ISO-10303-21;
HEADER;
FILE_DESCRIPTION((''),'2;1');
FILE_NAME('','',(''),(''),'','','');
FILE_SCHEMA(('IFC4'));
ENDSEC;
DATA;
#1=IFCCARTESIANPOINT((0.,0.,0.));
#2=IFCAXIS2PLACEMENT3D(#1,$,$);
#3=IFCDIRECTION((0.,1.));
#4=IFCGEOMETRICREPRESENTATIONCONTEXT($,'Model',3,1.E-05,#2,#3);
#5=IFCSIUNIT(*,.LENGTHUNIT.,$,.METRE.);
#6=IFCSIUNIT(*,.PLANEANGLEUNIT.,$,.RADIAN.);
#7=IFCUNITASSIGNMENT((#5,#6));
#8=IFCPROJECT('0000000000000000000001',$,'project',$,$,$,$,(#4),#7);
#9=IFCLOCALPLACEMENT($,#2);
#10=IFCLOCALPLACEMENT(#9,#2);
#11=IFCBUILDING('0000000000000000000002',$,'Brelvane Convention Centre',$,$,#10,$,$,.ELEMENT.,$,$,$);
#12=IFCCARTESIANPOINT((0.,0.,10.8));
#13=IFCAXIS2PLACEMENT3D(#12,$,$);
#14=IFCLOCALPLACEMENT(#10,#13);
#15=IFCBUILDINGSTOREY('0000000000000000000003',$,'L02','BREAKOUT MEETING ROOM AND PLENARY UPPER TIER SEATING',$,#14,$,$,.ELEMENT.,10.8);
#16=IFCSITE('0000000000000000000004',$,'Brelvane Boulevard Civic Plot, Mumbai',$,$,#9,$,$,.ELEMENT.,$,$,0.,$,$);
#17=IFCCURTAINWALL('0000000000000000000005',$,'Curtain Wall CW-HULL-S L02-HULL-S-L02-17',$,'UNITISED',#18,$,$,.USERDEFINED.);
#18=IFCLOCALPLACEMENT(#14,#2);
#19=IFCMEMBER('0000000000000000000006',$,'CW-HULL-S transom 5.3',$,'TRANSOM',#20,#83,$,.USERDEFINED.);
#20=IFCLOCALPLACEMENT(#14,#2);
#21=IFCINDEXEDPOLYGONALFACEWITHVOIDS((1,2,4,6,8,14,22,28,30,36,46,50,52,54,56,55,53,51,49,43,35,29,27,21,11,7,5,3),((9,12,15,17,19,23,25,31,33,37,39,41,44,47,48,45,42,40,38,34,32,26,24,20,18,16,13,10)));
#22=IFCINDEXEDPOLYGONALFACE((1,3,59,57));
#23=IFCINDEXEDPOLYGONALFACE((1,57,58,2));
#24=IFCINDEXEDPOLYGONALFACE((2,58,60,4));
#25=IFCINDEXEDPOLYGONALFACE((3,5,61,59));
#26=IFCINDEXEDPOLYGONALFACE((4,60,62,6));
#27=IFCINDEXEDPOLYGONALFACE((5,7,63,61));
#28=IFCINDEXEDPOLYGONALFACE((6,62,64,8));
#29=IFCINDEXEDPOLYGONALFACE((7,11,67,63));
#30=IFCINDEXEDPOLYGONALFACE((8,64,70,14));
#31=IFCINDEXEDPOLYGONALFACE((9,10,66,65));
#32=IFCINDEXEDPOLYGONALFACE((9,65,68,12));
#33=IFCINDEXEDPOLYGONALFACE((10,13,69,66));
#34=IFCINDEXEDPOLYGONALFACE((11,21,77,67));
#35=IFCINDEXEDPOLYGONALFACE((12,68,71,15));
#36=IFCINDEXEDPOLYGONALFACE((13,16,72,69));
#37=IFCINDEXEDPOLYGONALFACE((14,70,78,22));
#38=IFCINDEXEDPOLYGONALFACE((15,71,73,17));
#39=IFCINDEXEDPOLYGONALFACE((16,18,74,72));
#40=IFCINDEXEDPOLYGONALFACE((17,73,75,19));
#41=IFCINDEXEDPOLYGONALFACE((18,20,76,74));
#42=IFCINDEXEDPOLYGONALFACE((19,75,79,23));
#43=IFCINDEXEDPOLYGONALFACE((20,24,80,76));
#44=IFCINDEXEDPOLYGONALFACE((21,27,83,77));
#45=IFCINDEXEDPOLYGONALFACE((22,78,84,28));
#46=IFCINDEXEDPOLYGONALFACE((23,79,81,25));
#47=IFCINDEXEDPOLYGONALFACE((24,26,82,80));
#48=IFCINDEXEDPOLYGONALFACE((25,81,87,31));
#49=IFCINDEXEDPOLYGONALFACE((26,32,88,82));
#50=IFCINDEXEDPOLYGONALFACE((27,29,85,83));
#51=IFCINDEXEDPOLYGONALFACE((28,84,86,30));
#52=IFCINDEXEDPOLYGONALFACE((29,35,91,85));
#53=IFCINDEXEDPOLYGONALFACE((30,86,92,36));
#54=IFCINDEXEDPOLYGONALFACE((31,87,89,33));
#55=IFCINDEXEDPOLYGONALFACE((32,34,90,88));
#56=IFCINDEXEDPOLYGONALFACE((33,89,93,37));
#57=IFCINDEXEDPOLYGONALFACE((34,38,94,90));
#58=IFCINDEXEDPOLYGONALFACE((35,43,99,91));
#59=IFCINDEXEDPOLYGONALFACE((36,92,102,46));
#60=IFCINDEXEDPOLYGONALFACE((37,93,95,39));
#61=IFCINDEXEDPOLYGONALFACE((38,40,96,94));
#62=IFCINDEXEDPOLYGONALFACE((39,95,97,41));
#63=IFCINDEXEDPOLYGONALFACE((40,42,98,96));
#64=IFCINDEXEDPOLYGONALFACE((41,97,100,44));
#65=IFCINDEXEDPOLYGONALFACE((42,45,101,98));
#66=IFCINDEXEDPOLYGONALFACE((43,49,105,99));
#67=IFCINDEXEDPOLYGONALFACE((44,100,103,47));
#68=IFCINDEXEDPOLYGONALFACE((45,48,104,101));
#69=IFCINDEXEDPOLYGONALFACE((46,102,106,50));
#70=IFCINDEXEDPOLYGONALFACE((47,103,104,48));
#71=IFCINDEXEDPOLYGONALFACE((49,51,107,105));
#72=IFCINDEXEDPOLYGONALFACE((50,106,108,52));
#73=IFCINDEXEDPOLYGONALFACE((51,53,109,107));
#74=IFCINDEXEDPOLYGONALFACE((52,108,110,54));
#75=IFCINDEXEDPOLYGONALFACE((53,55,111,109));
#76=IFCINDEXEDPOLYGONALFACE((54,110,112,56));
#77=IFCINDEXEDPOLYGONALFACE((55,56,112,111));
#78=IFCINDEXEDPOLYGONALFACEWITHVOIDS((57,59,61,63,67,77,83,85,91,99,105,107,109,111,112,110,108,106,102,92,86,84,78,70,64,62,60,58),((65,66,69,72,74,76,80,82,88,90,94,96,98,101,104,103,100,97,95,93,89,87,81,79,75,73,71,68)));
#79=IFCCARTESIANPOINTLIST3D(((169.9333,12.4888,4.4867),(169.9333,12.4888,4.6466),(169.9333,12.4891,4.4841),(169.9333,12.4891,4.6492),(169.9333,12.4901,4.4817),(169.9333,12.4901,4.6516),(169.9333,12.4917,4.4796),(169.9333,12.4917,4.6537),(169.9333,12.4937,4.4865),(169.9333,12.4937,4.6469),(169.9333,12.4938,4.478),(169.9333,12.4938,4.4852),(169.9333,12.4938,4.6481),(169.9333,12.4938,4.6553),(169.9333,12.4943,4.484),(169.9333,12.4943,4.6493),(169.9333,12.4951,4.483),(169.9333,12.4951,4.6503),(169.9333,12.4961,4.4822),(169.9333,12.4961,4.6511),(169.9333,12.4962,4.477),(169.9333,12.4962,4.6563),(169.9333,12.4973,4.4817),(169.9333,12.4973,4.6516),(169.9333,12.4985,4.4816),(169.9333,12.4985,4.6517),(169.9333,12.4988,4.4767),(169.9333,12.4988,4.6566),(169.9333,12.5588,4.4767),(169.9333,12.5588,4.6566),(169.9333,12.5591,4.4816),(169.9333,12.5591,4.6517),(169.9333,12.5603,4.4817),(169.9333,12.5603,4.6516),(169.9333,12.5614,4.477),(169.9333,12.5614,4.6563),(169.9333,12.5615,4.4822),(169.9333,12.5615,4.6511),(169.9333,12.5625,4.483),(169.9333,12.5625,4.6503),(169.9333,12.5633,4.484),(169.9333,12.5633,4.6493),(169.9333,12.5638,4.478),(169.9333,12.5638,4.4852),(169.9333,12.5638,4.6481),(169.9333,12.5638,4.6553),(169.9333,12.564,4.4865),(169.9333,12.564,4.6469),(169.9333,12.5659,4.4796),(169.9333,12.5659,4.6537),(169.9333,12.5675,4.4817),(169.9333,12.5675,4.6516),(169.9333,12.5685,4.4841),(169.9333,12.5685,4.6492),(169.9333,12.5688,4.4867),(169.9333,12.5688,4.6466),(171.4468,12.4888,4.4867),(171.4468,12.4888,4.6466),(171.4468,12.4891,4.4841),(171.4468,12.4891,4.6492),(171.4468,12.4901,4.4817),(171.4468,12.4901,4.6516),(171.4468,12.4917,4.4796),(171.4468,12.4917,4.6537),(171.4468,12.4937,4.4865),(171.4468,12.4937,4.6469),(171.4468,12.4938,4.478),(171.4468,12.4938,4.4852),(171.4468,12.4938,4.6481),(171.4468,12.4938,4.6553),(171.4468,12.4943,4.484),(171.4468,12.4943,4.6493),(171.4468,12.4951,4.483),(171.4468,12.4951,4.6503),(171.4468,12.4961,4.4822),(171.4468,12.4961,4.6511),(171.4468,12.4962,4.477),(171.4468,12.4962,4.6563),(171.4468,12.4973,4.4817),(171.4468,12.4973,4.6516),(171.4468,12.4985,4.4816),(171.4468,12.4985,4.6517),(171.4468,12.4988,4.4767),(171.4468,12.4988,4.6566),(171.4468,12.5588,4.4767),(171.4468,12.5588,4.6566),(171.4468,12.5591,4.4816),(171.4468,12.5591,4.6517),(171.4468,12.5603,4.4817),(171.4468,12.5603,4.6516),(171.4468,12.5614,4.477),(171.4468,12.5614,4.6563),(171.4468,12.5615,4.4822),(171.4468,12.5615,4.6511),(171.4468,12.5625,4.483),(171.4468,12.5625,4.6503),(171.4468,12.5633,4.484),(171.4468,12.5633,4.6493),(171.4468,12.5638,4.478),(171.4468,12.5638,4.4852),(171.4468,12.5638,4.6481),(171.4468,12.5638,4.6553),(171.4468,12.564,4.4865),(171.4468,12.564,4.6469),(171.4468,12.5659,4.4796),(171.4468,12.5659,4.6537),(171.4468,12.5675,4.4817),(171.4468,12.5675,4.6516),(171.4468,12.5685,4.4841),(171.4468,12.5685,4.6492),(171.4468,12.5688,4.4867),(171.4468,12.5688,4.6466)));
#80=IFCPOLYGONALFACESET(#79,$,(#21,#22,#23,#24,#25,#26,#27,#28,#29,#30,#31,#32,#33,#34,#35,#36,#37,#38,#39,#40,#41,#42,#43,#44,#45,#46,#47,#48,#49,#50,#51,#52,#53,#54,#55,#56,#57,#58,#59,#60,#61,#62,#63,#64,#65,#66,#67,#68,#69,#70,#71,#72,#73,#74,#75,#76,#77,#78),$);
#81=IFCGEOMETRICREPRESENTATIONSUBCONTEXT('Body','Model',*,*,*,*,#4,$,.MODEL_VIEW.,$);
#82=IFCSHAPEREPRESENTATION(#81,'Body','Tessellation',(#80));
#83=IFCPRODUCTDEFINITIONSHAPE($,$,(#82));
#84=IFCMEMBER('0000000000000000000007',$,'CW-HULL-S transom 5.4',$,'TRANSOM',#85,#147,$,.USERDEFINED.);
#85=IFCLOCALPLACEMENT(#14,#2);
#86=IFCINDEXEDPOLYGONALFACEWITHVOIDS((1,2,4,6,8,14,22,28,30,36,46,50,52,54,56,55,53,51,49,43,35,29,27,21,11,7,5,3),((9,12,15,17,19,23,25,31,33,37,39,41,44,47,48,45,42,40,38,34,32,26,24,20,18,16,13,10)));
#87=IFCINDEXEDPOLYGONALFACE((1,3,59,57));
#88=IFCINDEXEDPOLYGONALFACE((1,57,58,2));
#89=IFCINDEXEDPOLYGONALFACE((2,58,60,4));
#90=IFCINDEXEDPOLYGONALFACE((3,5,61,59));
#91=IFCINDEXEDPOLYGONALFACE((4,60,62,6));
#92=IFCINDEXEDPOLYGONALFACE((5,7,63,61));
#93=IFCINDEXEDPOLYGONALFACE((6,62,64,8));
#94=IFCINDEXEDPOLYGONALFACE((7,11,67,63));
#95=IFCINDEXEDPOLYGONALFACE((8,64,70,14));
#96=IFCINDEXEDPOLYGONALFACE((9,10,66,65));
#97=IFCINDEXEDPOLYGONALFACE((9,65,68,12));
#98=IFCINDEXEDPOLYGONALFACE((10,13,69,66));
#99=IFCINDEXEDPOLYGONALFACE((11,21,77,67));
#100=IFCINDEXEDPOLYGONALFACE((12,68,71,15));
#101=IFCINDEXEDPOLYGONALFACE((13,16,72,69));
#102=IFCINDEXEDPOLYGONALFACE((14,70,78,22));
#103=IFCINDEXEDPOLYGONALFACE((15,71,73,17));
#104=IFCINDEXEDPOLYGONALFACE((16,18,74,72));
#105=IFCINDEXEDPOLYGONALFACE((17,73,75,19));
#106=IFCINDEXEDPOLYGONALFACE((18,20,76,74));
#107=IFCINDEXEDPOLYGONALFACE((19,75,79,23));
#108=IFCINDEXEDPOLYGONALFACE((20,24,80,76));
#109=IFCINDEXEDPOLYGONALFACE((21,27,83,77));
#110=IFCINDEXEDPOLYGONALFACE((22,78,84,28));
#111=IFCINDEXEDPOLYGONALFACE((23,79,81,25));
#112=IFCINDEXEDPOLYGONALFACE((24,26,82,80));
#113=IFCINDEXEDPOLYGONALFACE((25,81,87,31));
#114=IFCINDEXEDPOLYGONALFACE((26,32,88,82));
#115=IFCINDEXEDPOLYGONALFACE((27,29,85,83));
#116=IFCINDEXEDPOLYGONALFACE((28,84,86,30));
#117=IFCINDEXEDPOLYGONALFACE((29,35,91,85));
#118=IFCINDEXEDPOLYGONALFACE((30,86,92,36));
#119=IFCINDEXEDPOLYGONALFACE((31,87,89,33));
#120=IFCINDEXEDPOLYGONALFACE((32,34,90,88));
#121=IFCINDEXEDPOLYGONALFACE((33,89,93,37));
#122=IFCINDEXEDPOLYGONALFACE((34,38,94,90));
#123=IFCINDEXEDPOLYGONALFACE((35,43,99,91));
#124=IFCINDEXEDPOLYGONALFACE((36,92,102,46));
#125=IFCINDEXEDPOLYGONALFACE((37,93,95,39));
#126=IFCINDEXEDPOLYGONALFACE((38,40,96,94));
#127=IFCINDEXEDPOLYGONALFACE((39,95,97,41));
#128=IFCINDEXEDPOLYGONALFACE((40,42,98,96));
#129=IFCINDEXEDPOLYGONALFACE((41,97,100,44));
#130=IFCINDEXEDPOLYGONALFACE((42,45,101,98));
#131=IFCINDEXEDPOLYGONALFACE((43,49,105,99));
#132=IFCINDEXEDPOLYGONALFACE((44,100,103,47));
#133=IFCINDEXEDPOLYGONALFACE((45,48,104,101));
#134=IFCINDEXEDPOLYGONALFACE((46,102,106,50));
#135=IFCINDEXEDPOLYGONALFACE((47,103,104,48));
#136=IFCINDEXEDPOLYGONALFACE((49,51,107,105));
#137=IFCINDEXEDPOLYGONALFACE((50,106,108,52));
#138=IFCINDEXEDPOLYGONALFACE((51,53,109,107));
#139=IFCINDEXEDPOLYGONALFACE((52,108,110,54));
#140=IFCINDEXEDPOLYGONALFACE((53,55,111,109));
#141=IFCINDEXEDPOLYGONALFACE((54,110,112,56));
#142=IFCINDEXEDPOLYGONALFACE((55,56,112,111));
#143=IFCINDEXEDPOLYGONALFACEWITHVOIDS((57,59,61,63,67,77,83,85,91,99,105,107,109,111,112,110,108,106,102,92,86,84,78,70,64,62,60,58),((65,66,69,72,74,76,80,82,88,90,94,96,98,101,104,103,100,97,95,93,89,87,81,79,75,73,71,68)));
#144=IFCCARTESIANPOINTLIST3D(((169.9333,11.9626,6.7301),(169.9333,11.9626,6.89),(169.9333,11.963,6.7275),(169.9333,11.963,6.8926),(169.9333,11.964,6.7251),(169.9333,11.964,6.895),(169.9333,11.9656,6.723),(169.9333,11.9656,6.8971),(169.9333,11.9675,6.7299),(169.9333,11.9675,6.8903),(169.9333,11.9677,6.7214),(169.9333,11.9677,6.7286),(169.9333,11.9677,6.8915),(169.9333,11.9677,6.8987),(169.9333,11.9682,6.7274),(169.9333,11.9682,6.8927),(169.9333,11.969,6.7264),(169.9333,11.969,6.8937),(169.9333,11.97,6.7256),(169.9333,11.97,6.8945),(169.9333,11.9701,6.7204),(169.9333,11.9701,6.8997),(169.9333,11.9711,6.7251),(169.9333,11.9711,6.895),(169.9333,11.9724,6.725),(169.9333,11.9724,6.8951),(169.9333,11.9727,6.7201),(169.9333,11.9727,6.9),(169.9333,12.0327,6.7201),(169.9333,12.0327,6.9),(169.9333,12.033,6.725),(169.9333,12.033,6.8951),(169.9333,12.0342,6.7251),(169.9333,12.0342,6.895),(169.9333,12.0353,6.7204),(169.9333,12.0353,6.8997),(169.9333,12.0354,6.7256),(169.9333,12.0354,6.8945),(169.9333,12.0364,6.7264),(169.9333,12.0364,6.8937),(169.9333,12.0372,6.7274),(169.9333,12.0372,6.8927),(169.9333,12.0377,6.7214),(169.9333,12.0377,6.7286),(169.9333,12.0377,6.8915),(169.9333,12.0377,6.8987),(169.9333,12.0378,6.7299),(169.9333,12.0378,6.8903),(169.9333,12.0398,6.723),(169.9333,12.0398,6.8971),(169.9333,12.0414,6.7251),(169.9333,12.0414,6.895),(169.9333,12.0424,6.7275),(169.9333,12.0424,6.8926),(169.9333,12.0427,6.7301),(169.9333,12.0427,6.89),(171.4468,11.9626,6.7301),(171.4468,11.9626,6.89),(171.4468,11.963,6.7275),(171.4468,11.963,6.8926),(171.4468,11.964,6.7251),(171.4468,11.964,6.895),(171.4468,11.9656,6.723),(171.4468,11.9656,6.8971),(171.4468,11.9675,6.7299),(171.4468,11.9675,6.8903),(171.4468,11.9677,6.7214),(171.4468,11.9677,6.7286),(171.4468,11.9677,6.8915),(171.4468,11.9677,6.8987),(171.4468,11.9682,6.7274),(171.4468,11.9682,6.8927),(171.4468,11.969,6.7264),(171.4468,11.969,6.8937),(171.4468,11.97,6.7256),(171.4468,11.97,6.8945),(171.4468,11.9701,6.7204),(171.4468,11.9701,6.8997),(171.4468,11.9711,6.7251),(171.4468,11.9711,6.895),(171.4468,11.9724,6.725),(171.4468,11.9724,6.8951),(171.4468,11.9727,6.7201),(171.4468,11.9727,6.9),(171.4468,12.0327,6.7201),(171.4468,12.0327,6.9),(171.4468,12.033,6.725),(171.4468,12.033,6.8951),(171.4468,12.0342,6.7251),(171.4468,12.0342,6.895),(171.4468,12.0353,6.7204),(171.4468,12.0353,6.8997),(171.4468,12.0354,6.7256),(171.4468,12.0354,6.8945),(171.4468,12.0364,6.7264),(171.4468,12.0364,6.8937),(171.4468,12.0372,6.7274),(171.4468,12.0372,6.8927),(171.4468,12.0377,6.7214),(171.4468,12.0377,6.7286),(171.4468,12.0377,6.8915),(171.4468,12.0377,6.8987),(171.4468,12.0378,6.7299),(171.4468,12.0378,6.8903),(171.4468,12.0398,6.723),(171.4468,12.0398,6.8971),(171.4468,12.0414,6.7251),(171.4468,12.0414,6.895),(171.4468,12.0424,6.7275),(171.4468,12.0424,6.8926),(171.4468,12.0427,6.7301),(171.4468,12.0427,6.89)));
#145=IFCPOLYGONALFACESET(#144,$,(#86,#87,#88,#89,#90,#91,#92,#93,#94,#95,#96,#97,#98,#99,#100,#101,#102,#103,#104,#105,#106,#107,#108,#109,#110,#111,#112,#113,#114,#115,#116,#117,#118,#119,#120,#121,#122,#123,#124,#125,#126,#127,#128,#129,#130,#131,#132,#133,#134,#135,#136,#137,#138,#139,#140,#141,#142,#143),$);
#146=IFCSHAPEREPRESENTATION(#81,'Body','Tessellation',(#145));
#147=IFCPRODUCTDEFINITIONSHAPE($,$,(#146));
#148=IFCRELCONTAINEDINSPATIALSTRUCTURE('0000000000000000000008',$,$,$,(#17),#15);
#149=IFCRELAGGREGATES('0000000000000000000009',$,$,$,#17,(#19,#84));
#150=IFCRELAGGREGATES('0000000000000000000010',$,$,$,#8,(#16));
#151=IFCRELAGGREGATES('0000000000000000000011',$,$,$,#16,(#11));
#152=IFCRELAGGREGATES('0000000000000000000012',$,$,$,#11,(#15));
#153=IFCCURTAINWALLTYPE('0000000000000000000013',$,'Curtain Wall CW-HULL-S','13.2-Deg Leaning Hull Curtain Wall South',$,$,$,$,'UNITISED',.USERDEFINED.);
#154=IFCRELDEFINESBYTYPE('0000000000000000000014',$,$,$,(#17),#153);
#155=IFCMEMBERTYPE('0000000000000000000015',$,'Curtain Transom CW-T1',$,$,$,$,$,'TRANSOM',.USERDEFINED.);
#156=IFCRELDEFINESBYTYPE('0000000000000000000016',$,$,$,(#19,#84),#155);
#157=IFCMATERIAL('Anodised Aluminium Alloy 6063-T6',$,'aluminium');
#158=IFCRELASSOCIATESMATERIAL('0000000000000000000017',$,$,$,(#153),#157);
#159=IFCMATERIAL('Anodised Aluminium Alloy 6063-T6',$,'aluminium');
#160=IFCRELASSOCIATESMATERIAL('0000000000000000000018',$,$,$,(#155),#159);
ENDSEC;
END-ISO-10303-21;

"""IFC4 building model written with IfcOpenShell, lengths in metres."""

from ifc_helpers import new_model, si_unit, direction, frame, origin, origin_2d, place, context, subcontext, project, spatial, hollow_rectangle, extrude, material, material_profile, profile_set, type_object, element, aggregate, save


model = new_model("IFC4")

# Units and contexts
model_context = context("Model", 3, precision=1e-05, world=origin(), true_north=direction((0.0, 1.0)))
body_context = subcontext(model_context, "Body", "Model", "MODEL_VIEW")
ifc_project = project(units=[si_unit("LENGTHUNIT", "METRE"), si_unit("PLANEANGLEUNIT", "RADIAN")], contexts=[model_context])

# Site, building, storey
site_placement = place(None, origin())
site = spatial("IfcSite", under=ifc_project, at=site_placement, Name="Brelvane Boulevard Civic Plot, Mumbai", CompositionType="ELEMENT", RefElevation=0.0)
building_placement = place(site_placement, origin())
building = spatial("IfcBuilding", under=site, at=building_placement, Name="Brelvane Convention Centre", CompositionType="ELEMENT")
storey_placement = place(building_placement, frame((0.0, 0.0, 10.8)))
storey = spatial("IfcBuildingStorey", under=building, at=storey_placement, Name="L02", Description="BREAKOUT MEETING ROOM AND PLENARY UPPER TIER SEATING", CompositionType="ELEMENT", Elevation=10.8)

# Curtain wall, members
ifc_material_1 = material(Name="Anodised Aluminium Alloy 6063-T6", Category="aluminium")
curtain_wall_type = type_object("IfcCurtainWallType", Name="Curtain Wall CW-HULL-S", Description="13.2-Deg Leaning Hull Curtain Wall South", ElementType="UNITISED", PredefinedType="USERDEFINED", material=ifc_material_1)
curtain_wall_1_placement = place(storey_placement, origin())
curtain_wall_1 = element("IfcCurtainWall", 1, at=curtain_wall_1_placement, inside=storey, type_object=curtain_wall_type, Name="Curtain Wall CW-HULL-S L02-HULL-S-L02-17", ObjectType="UNITISED", PredefinedType="USERDEFINED")
ifc_material_2 = material(Name="Anodised Aluminium Alloy 6063-T6", Category="aluminium")
ifc_material_profile = material_profile(ifc_material_2, hollow_rectangle(XDim=0.0801, YDim=0.1799, WallThickness=0.0049, InnerFilletRadius=0.0049, OuterFilletRadius=0.01, at=origin_2d()), Name="ALU-T 180x80x5.0")
ifc_profile_set = profile_set([ifc_material_profile], Name="Anodised Aluminium Alloy 6063-T6")
member_type = type_object("IfcMemberType", Name="Curtain Transom CW-T1", ElementType="TRANSOM", PredefinedType="USERDEFINED", material=ifc_profile_set)
member_1_placement = place(storey_placement, frame((169.9333, 12.5288, 4.5667), z_axis=(1.0, 0.0, 0.0), x_axis=(0.0, 1.0, 0.0)))
member_1 = element("IfcMember", 2, at=member_1_placement, type_object=member_type, Name="CW-HULL-S transom 5.3", ObjectType="TRANSOM", PredefinedType="USERDEFINED", context=body_context, shape_type="SweptSolid", body=[
    extrude(hollow_rectangle(XDim=0.0801, YDim=0.1799, WallThickness=0.0049, InnerFilletRadius=0.0049, OuterFilletRadius=0.01, at=origin_2d()), origin(), (0.0, 0.0, 1.0), 1.5134),
])
member_2_placement = place(storey_placement, frame((169.9333, 12.0027, 6.8101), z_axis=(1.0, 0.0, 0.0), x_axis=(0.0, 1.0, 0.0)))
member_2 = element("IfcMember", 3, at=member_2_placement, type_object=member_type, Name="CW-HULL-S transom 5.4", ObjectType="TRANSOM", PredefinedType="USERDEFINED", context=body_context, shape_type="SweptSolid", body=[
    extrude(hollow_rectangle(XDim=0.0801, YDim=0.1799, WallThickness=0.0049, InnerFilletRadius=0.0049, OuterFilletRadius=0.01, at=origin_2d()), origin(), (0.0, 0.0, 1.0), 1.5134),
])

aggregate(curtain_wall_1, [member_1, member_2])

save(model, "model.ifc")
